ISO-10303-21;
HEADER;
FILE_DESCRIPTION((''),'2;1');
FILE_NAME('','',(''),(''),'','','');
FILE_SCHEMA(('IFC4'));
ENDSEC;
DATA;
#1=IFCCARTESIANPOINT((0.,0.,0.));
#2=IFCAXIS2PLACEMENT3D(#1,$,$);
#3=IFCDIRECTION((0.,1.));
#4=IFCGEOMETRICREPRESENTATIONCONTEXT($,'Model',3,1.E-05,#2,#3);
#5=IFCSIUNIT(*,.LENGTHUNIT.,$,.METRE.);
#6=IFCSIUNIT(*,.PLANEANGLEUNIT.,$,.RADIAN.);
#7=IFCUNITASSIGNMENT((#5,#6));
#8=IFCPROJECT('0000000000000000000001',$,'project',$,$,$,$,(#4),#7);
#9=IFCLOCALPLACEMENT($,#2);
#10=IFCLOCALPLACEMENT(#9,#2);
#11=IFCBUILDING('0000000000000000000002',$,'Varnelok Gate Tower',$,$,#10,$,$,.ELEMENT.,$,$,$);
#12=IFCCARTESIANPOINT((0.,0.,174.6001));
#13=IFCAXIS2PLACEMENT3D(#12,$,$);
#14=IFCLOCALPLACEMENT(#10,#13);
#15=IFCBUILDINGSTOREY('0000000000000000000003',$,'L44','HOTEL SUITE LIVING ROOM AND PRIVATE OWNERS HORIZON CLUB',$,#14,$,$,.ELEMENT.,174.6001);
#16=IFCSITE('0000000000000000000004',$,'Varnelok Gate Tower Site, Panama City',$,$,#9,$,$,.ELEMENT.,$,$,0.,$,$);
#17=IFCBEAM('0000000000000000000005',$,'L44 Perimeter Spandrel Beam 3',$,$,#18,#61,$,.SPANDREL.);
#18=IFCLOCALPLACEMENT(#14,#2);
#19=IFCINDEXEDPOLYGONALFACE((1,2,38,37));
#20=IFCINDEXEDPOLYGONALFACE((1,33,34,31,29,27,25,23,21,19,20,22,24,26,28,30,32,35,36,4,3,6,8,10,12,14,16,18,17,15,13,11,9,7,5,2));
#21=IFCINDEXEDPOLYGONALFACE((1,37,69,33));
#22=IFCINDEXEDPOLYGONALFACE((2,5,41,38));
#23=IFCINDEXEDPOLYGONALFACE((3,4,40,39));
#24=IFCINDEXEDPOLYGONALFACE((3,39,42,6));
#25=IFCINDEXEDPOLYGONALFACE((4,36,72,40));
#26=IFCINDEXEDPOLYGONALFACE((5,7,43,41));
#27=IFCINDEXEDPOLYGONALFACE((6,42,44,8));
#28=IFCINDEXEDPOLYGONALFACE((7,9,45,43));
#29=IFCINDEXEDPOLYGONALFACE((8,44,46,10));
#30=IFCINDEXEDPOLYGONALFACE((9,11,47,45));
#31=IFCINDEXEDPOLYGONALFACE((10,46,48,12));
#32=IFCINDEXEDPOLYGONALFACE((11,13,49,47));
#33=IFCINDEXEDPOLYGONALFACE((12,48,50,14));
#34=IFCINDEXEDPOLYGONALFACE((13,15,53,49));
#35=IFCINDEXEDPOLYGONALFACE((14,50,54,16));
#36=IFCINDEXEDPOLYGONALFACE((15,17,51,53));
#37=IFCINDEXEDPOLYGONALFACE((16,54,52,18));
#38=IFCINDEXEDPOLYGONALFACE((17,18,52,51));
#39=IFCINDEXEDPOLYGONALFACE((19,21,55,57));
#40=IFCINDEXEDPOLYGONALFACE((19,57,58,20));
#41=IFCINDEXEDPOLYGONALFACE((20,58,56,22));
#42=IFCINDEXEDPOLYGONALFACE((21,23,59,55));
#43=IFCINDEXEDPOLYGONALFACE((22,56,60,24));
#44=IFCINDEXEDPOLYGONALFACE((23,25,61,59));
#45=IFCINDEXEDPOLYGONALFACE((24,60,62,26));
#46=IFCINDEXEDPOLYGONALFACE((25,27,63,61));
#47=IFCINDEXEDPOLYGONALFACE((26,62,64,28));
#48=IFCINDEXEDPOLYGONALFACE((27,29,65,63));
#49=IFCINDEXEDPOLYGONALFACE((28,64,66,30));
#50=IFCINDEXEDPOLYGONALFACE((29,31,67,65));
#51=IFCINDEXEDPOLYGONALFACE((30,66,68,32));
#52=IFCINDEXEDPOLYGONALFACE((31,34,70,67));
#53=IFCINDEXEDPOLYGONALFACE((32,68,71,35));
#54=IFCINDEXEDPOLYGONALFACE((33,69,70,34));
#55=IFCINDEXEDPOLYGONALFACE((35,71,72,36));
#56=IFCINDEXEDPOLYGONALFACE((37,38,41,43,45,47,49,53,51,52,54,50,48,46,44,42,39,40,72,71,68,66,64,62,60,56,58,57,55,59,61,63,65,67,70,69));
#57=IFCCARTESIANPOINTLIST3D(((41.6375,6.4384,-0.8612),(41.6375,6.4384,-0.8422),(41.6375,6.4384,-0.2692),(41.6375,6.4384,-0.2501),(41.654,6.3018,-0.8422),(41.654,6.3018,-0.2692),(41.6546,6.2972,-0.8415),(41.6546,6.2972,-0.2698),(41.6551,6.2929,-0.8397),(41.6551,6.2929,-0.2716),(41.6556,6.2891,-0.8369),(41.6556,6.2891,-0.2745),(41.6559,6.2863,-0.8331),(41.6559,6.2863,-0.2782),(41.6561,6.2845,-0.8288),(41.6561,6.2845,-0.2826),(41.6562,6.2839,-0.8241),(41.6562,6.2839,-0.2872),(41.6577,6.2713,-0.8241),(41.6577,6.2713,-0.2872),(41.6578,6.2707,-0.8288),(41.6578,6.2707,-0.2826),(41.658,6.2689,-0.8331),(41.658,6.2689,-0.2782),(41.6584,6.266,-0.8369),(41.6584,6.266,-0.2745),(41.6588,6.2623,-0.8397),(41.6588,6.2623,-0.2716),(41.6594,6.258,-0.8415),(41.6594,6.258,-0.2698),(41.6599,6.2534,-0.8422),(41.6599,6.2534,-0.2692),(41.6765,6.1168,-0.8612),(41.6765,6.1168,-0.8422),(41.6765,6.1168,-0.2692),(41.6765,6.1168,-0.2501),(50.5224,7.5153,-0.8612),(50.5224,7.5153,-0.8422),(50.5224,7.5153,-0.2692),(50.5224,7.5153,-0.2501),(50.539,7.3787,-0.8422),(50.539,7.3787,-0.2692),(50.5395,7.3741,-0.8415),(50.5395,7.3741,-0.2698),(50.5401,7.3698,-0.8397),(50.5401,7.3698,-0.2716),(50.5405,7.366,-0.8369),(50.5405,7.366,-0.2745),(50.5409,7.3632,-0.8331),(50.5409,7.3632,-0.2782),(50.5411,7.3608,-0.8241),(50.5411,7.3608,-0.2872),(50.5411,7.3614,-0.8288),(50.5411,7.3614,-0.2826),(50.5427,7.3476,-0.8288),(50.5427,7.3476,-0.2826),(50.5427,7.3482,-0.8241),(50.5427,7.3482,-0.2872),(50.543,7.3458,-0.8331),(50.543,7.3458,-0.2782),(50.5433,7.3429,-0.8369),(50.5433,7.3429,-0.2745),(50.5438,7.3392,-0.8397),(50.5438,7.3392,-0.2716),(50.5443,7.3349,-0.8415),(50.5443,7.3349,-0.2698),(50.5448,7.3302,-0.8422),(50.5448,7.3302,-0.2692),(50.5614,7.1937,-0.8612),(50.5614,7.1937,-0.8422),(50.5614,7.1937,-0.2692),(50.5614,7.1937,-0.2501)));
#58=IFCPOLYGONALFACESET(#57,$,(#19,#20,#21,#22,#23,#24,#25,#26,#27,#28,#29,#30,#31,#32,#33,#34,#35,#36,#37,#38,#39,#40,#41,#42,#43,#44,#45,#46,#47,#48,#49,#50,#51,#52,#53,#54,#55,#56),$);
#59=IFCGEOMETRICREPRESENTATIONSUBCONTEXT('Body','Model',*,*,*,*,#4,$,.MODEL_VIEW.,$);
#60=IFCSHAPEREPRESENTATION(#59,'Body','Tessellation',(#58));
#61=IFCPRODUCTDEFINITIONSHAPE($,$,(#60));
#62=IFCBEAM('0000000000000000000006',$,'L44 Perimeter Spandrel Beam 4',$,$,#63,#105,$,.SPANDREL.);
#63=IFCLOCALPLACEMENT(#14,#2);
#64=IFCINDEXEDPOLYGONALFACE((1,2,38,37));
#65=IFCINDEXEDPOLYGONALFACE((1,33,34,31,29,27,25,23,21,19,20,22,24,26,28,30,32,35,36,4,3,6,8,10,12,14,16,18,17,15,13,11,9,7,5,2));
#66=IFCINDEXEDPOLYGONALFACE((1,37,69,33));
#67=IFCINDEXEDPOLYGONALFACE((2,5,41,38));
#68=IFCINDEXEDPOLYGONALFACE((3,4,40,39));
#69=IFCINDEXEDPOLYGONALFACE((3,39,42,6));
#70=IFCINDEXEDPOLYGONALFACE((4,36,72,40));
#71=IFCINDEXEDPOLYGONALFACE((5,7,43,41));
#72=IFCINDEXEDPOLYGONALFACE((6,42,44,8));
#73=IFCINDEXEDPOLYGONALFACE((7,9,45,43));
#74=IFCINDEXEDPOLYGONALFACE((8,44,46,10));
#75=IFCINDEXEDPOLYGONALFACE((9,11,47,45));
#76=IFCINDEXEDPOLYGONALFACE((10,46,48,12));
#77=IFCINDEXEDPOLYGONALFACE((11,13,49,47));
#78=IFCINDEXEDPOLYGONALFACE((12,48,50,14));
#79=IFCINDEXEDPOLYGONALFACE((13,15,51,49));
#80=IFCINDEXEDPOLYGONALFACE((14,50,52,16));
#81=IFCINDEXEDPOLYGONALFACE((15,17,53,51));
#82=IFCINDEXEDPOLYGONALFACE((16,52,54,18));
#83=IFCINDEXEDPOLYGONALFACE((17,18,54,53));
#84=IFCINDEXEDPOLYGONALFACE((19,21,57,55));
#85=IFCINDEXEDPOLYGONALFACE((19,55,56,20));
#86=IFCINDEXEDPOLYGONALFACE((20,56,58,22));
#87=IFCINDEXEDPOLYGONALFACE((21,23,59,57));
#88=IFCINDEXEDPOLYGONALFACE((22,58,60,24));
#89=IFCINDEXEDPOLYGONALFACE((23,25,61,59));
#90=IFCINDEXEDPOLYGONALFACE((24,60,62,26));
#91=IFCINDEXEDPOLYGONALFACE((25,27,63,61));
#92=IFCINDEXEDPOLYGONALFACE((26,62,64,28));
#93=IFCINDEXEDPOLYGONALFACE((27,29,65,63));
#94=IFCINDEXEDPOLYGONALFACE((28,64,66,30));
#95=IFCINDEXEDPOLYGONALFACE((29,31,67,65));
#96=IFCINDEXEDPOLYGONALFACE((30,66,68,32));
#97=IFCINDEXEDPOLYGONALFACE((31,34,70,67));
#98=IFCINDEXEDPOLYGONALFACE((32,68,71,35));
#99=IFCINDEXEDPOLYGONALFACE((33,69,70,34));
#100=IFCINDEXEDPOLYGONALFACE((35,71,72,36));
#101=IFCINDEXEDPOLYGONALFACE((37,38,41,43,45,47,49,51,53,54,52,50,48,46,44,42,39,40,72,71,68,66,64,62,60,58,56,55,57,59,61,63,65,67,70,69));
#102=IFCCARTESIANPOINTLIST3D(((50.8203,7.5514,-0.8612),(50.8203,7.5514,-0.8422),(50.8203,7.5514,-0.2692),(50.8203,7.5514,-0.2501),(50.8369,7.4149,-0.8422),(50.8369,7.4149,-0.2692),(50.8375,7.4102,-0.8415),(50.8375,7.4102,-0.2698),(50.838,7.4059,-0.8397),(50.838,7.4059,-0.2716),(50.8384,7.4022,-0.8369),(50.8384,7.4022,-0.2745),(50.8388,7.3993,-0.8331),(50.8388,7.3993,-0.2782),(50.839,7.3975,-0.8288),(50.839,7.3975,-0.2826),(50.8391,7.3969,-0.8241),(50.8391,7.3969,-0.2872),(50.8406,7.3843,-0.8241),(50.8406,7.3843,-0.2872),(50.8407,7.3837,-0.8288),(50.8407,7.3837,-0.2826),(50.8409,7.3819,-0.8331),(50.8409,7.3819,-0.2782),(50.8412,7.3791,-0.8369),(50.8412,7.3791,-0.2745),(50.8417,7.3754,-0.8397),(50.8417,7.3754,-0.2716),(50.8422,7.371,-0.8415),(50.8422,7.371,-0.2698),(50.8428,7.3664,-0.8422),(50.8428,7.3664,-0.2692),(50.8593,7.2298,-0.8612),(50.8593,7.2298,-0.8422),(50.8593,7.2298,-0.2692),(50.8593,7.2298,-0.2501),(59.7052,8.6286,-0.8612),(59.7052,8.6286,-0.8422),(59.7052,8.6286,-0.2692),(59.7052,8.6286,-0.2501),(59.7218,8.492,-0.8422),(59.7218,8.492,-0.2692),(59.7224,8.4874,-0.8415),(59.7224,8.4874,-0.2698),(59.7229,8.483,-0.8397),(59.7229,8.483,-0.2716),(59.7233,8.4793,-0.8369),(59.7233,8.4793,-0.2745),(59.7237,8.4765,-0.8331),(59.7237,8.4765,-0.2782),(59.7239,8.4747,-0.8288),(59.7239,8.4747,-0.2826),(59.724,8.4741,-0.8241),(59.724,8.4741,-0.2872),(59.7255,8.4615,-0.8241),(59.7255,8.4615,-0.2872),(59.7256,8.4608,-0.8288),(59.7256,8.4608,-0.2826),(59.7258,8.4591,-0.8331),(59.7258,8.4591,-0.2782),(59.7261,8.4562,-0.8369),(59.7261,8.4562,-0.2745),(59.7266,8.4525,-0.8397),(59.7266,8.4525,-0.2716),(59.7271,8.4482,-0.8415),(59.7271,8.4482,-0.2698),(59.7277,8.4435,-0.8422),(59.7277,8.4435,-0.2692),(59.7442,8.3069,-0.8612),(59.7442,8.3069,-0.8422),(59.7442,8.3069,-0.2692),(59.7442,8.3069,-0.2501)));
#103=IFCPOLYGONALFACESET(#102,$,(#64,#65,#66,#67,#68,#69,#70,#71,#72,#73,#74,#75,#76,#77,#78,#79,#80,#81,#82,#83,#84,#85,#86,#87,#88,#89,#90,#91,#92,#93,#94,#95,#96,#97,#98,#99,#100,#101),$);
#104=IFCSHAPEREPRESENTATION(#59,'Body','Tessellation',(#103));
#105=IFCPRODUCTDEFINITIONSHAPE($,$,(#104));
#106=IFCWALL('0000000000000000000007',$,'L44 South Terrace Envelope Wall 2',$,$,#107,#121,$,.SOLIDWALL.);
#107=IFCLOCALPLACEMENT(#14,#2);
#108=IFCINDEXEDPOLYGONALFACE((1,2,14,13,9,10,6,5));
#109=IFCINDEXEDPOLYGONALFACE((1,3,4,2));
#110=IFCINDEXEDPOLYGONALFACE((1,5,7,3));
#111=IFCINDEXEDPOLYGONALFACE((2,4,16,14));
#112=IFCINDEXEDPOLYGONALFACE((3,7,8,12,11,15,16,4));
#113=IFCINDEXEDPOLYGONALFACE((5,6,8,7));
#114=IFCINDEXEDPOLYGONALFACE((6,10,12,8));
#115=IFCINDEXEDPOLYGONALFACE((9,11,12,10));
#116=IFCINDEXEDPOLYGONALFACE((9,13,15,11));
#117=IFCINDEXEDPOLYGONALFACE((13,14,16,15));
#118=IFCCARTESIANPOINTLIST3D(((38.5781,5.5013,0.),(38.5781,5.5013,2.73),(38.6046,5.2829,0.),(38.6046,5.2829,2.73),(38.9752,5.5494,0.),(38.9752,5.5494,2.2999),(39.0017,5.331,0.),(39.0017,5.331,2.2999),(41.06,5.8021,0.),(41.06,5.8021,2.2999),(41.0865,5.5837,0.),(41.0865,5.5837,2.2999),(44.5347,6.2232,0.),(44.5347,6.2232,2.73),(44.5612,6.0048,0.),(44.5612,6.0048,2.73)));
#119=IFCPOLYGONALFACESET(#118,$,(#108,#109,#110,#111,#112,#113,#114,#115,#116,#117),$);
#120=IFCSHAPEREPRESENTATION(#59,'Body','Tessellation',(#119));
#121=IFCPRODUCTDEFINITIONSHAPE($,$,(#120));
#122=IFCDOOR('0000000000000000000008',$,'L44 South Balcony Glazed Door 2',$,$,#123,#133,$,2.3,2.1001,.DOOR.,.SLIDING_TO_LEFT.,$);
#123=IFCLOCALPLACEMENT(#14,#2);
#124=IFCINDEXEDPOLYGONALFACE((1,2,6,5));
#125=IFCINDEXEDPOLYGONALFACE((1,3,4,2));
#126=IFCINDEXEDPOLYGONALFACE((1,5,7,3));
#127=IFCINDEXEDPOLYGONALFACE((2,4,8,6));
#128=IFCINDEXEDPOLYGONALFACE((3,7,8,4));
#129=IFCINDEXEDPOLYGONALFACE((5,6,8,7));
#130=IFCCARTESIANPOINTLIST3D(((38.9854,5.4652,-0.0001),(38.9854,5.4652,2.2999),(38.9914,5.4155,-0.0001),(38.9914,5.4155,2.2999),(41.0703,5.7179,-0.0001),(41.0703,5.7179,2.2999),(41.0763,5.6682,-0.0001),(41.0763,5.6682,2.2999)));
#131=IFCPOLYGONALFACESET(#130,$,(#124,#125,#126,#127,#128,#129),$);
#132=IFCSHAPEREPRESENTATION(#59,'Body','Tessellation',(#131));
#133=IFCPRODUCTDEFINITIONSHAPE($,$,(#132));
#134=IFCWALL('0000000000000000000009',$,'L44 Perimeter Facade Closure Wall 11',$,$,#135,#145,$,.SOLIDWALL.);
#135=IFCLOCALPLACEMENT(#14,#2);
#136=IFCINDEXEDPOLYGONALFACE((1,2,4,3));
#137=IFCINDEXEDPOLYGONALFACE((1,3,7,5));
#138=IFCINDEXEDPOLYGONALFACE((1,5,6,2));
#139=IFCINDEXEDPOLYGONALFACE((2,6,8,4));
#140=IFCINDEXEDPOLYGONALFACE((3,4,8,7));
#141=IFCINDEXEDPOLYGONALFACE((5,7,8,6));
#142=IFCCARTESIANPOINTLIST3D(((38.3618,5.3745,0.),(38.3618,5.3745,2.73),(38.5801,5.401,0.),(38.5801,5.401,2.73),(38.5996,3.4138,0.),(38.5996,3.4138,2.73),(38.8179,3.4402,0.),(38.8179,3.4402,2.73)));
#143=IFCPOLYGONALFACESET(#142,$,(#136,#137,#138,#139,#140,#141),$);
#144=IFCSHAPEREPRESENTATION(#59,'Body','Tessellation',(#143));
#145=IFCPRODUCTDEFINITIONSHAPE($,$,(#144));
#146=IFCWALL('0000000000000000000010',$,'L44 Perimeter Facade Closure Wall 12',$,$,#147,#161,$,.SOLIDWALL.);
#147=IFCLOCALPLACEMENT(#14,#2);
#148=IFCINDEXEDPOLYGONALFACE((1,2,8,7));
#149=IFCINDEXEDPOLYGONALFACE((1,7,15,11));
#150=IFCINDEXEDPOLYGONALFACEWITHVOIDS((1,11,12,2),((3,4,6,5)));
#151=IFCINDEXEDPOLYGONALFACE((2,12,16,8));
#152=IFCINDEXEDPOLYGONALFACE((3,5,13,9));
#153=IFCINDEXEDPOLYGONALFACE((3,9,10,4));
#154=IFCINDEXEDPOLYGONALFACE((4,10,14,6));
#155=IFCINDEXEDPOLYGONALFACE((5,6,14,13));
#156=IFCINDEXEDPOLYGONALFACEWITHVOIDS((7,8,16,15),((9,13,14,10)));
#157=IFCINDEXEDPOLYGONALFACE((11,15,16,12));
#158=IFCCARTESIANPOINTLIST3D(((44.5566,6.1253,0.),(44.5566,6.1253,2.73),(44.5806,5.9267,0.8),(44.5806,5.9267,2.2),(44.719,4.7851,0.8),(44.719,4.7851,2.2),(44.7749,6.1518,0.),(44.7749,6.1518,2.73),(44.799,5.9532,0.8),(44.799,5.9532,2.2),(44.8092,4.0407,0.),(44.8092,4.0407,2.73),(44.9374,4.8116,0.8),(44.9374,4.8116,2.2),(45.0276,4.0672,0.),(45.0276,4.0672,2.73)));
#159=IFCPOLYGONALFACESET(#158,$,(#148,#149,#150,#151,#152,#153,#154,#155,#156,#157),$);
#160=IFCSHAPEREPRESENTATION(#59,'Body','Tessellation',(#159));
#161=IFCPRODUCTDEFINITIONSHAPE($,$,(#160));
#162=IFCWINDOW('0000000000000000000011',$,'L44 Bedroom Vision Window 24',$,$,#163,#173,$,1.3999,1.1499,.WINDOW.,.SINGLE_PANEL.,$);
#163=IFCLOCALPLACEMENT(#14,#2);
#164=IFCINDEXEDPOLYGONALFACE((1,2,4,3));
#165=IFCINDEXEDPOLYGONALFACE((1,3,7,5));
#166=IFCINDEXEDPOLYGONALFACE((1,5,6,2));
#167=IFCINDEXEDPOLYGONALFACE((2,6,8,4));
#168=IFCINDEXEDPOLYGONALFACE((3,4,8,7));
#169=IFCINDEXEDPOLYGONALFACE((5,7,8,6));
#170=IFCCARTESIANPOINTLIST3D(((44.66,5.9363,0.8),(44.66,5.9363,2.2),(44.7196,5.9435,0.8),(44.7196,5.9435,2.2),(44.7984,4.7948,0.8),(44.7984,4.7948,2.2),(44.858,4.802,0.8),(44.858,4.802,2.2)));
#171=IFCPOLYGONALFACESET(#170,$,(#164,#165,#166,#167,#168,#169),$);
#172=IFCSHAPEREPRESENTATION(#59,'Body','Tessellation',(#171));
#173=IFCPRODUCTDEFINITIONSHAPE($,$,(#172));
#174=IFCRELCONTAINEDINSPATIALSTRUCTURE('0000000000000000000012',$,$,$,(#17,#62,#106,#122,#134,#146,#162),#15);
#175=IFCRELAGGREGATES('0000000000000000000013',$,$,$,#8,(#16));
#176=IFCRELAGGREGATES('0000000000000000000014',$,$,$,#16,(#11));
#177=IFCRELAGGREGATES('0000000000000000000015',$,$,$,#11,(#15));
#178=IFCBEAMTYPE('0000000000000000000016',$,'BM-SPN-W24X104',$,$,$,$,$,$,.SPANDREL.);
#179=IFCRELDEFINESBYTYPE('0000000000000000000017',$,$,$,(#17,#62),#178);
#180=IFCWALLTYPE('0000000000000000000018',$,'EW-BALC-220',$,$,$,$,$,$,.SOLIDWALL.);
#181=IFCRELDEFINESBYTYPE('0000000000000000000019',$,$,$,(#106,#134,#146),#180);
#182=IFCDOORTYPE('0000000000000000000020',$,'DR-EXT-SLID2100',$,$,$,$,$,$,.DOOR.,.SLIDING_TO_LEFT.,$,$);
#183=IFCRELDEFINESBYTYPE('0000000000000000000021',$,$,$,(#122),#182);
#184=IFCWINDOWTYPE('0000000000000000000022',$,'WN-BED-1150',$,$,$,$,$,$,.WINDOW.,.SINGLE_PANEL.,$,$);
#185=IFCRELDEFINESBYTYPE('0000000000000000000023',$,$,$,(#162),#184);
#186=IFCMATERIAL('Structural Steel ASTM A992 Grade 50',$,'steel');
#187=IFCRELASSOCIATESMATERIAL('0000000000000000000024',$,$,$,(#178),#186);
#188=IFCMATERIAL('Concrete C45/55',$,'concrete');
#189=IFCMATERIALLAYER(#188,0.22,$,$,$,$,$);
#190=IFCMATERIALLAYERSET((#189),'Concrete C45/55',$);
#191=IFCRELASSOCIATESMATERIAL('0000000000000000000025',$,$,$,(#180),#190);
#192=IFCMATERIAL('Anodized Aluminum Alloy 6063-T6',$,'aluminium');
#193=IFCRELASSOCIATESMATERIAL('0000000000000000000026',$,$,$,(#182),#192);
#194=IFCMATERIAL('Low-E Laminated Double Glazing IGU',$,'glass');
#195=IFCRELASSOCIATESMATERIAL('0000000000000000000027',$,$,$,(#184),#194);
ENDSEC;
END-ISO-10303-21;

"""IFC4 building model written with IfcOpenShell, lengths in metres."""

from ifc_helpers import new_model, si_unit, direction, frame, frame_2d, origin, origin_2d, place, context, subcontext, project, spatial, rectangle, i_section, extrude, material, layer, layer_set, material_profile, profile_set, type_object, element, fill, save


model = new_model("IFC4")

# Units and contexts
model_context = context("Model", 3, precision=1e-05, world=origin(), true_north=direction((0.0, 1.0)))
body_context = subcontext(model_context, "Body", "Model", "MODEL_VIEW")
ifc_project = project(units=[si_unit("LENGTHUNIT", "METRE"), si_unit("PLANEANGLEUNIT", "RADIAN")], contexts=[model_context])

# Site, building, storey
site_placement = place(None, origin())
site = spatial("IfcSite", under=ifc_project, at=site_placement, Name="Varnelok Gate Tower Site, Panama City", CompositionType="ELEMENT", RefElevation=0.0)
building_placement = place(site_placement, origin())
building = spatial("IfcBuilding", under=site, at=building_placement, Name="Varnelok Gate Tower", CompositionType="ELEMENT")
storey_placement = place(building_placement, frame((0.0, 0.0, 174.6001)))
storey = spatial("IfcBuildingStorey", under=building, at=storey_placement, Name="L44", Description="HOTEL SUITE LIVING ROOM AND PRIVATE OWNERS HORIZON CLUB", CompositionType="ELEMENT", Elevation=174.6001)

# Shared definitions
ifc_material_1 = material(Name="Structural Steel ASTM A992 Grade 50", Category="steel")

# Beams
ifc_material_profile_1 = material_profile(ifc_material_1, i_section(OverallWidth=0.324, OverallDepth=0.6111, WebThickness=0.0127, FlangeThickness=0.019, FilletRadius=0.0181, at=origin_2d()), Name="W24X104")
ifc_profile_set_1 = profile_set([ifc_material_profile_1], Name="Structural Steel ASTM A992 Grade 50")
beam_type_1 = type_object("IfcBeamType", Name="BM-SPN-W24X104", PredefinedType="SPANDREL", material=ifc_profile_set_1)
for number, where, z_axis, x_axis, name in (
    (1, (41.657, 6.2776, -0.5557), (0.992735, 0.120324, 0.0), (-0.120324, 0.992735, 0.0), "L44 Perimeter Spandrel Beam 3"),
    (2, (50.8398, 7.3906, -0.5557), (0.992731, 0.120351, 0.0), (-0.120351, 0.992731, 0.0), "L44 Perimeter Spandrel Beam 4"),
):
    element("IfcBeam", number, at=place(storey_placement, frame(where, z_axis=z_axis, x_axis=x_axis)), inside=storey, type_object=beam_type_1, Name=name, PredefinedType="SPANDREL", context=body_context, shape_type="SweptSolid", body=[
        extrude(i_section(OverallWidth=0.324, OverallDepth=0.6111, WebThickness=0.0127, FlangeThickness=0.019, FilletRadius=0.0181, at=origin_2d()), origin(), (0.0, 0.0, 1.0), 8.95),
    ])

# Wall, opening, door
ifc_material_2 = material(Name="Concrete C45/55", Category="concrete")
ifc_layer_1 = layer(ifc_material_2, 0.22)
ifc_layer_set_1 = layer_set([ifc_layer_1], Name="Concrete C45/55")
wall_type_1 = type_object("IfcWallType", Name="EW-BALC-220", PredefinedType="SOLIDWALL", material=ifc_layer_set_1)
wall_1_placement = place(storey_placement, frame((44.5479, 6.114, 0.0), z_axis=(0.0, 0.0, 1.0), x_axis=(-0.992735, -0.120318, 0.0)))
wall_1 = element("IfcWall", 3, at=wall_1_placement, inside=storey, type_object=wall_type_1, Name="L44 South Terrace Envelope Wall 2", PredefinedType="SOLIDWALL", context=body_context, shape_type="SweptSolid", body=[
    extrude(rectangle(XDim=6.0002, YDim=0.22, at=frame_2d((3.0, 0.0))), origin(), (0.0, 0.0, 1.0), 2.73),
])
opening_1_placement = place(wall_1_placement, frame((3.5, 0.0, 0.0)))
opening_1 = element("IfcOpeningElement", 4, at=opening_1_placement, cuts=wall_1, PredefinedType="OPENING", context=body_context, shape_type="SweptSolid", body=[
    extrude(rectangle(XDim=2.1001, YDim=2.3, at=frame_2d((1.05, 1.1499))), frame((0.0, 0.1199, 0.0), z_axis=(0.0, -1.0, 0.0), x_axis=(1.0, 0.0, 0.0)), (0.0, 0.0, 1.0), 0.24),
])
ifc_material_3 = material(Name="Anodized Aluminum Alloy 6063-T6", Category="aluminium")
door_type_1 = type_object("IfcDoorType", Name="DR-EXT-SLID2100", OperationType="SLIDING_TO_LEFT", PredefinedType="DOOR", material=ifc_material_3)
door_1_placement = place(opening_1_placement, origin())
door_1 = element("IfcDoor", 5, at=door_1_placement, inside=storey, type_object=door_type_1, Name="L44 South Balcony Glazed Door 2", OperationType="SLIDING_TO_LEFT", OverallHeight=2.3, OverallWidth=2.1001, PredefinedType="DOOR", context=body_context, shape_type="SweptSolid", body=[
    extrude(rectangle(XDim=2.1001, YDim=2.3, at=frame_2d((1.05, 1.1499))), frame((0.0, 0.0249, 0.0), z_axis=(0.0, -1.0, 0.0), x_axis=(1.0, 0.0, 0.0)), (0.0, 0.0, 1.0), 0.05),
])
fill(opening_1, door_1)

# Wall
wall_2_placement = place(storey_placement, frame((38.7087, 3.427, 0.0), z_axis=(0.0, 0.0, 1.0), x_axis=(-0.120398, 0.992726, 0.0)))
element("IfcWall", 6, at=wall_2_placement, inside=storey, type_object=wall_type_1, Name="L44 Perimeter Facade Closure Wall 11", PredefinedType="SOLIDWALL", context=body_context, shape_type="SweptSolid", body=[
    extrude(rectangle(XDim=1.9751, YDim=0.22, at=frame_2d((0.9875, 0.0))), origin(), (0.0, 0.0, 1.0), 2.73),
])

# Wall, opening, window
wall_3_placement = place(storey_placement, frame((44.6658, 6.1384, 0.0), z_axis=(0.0, 0.0, 1.0), x_axis=(0.120328, -0.992734, 0.0)))
wall_3 = element("IfcWall", 7, at=wall_3_placement, inside=storey, type_object=wall_type_1, Name="L44 Perimeter Facade Closure Wall 12", PredefinedType="SOLIDWALL", context=body_context, shape_type="SweptSolid", body=[
    extrude(rectangle(XDim=2.0999, YDim=0.22, at=frame_2d((1.0498, 0.0))), origin(), (0.0, 0.0, 1.0), 2.73),
])
opening_2_placement = place(wall_3_placement, frame((0.2, 0.0, 0.8)))
opening_2 = element("IfcOpeningElement", 8, at=opening_2_placement, cuts=wall_3, PredefinedType="OPENING", context=body_context, shape_type="SweptSolid", body=[
    extrude(rectangle(XDim=1.1499, YDim=1.3999, at=frame_2d((0.575, 0.7))), frame((0.0, 0.1199, 0.0), z_axis=(0.0, -1.0, 0.0), x_axis=(1.0, 0.0, 0.0)), (0.0, 0.0, 1.0), 0.24),
])
ifc_material_4 = material(Name="Low-E Laminated Double Glazing IGU", Category="glass")
window_type_1 = type_object("IfcWindowType", Name="WN-BED-1150", PartitioningType="SINGLE_PANEL", PredefinedType="WINDOW", material=ifc_material_4)
window_1_placement = place(opening_2_placement, origin())
window_1 = element("IfcWindow", 9, at=window_1_placement, inside=storey, type_object=window_type_1, Name="L44 Bedroom Vision Window 24", OverallHeight=1.3999, OverallWidth=1.1499, PartitioningType="SINGLE_PANEL", PredefinedType="WINDOW", context=body_context, shape_type="SweptSolid", body=[
    extrude(rectangle(XDim=1.1499, YDim=1.3999, at=frame_2d((0.575, 0.7))), frame((0.0, 0.03, 0.0), z_axis=(0.0, -1.0, 0.0), x_axis=(1.0, 0.0, 0.0)), (0.0, 0.0, 1.0), 0.0601),
])
fill(opening_2, window_1)

save(model, "model.ifc")
